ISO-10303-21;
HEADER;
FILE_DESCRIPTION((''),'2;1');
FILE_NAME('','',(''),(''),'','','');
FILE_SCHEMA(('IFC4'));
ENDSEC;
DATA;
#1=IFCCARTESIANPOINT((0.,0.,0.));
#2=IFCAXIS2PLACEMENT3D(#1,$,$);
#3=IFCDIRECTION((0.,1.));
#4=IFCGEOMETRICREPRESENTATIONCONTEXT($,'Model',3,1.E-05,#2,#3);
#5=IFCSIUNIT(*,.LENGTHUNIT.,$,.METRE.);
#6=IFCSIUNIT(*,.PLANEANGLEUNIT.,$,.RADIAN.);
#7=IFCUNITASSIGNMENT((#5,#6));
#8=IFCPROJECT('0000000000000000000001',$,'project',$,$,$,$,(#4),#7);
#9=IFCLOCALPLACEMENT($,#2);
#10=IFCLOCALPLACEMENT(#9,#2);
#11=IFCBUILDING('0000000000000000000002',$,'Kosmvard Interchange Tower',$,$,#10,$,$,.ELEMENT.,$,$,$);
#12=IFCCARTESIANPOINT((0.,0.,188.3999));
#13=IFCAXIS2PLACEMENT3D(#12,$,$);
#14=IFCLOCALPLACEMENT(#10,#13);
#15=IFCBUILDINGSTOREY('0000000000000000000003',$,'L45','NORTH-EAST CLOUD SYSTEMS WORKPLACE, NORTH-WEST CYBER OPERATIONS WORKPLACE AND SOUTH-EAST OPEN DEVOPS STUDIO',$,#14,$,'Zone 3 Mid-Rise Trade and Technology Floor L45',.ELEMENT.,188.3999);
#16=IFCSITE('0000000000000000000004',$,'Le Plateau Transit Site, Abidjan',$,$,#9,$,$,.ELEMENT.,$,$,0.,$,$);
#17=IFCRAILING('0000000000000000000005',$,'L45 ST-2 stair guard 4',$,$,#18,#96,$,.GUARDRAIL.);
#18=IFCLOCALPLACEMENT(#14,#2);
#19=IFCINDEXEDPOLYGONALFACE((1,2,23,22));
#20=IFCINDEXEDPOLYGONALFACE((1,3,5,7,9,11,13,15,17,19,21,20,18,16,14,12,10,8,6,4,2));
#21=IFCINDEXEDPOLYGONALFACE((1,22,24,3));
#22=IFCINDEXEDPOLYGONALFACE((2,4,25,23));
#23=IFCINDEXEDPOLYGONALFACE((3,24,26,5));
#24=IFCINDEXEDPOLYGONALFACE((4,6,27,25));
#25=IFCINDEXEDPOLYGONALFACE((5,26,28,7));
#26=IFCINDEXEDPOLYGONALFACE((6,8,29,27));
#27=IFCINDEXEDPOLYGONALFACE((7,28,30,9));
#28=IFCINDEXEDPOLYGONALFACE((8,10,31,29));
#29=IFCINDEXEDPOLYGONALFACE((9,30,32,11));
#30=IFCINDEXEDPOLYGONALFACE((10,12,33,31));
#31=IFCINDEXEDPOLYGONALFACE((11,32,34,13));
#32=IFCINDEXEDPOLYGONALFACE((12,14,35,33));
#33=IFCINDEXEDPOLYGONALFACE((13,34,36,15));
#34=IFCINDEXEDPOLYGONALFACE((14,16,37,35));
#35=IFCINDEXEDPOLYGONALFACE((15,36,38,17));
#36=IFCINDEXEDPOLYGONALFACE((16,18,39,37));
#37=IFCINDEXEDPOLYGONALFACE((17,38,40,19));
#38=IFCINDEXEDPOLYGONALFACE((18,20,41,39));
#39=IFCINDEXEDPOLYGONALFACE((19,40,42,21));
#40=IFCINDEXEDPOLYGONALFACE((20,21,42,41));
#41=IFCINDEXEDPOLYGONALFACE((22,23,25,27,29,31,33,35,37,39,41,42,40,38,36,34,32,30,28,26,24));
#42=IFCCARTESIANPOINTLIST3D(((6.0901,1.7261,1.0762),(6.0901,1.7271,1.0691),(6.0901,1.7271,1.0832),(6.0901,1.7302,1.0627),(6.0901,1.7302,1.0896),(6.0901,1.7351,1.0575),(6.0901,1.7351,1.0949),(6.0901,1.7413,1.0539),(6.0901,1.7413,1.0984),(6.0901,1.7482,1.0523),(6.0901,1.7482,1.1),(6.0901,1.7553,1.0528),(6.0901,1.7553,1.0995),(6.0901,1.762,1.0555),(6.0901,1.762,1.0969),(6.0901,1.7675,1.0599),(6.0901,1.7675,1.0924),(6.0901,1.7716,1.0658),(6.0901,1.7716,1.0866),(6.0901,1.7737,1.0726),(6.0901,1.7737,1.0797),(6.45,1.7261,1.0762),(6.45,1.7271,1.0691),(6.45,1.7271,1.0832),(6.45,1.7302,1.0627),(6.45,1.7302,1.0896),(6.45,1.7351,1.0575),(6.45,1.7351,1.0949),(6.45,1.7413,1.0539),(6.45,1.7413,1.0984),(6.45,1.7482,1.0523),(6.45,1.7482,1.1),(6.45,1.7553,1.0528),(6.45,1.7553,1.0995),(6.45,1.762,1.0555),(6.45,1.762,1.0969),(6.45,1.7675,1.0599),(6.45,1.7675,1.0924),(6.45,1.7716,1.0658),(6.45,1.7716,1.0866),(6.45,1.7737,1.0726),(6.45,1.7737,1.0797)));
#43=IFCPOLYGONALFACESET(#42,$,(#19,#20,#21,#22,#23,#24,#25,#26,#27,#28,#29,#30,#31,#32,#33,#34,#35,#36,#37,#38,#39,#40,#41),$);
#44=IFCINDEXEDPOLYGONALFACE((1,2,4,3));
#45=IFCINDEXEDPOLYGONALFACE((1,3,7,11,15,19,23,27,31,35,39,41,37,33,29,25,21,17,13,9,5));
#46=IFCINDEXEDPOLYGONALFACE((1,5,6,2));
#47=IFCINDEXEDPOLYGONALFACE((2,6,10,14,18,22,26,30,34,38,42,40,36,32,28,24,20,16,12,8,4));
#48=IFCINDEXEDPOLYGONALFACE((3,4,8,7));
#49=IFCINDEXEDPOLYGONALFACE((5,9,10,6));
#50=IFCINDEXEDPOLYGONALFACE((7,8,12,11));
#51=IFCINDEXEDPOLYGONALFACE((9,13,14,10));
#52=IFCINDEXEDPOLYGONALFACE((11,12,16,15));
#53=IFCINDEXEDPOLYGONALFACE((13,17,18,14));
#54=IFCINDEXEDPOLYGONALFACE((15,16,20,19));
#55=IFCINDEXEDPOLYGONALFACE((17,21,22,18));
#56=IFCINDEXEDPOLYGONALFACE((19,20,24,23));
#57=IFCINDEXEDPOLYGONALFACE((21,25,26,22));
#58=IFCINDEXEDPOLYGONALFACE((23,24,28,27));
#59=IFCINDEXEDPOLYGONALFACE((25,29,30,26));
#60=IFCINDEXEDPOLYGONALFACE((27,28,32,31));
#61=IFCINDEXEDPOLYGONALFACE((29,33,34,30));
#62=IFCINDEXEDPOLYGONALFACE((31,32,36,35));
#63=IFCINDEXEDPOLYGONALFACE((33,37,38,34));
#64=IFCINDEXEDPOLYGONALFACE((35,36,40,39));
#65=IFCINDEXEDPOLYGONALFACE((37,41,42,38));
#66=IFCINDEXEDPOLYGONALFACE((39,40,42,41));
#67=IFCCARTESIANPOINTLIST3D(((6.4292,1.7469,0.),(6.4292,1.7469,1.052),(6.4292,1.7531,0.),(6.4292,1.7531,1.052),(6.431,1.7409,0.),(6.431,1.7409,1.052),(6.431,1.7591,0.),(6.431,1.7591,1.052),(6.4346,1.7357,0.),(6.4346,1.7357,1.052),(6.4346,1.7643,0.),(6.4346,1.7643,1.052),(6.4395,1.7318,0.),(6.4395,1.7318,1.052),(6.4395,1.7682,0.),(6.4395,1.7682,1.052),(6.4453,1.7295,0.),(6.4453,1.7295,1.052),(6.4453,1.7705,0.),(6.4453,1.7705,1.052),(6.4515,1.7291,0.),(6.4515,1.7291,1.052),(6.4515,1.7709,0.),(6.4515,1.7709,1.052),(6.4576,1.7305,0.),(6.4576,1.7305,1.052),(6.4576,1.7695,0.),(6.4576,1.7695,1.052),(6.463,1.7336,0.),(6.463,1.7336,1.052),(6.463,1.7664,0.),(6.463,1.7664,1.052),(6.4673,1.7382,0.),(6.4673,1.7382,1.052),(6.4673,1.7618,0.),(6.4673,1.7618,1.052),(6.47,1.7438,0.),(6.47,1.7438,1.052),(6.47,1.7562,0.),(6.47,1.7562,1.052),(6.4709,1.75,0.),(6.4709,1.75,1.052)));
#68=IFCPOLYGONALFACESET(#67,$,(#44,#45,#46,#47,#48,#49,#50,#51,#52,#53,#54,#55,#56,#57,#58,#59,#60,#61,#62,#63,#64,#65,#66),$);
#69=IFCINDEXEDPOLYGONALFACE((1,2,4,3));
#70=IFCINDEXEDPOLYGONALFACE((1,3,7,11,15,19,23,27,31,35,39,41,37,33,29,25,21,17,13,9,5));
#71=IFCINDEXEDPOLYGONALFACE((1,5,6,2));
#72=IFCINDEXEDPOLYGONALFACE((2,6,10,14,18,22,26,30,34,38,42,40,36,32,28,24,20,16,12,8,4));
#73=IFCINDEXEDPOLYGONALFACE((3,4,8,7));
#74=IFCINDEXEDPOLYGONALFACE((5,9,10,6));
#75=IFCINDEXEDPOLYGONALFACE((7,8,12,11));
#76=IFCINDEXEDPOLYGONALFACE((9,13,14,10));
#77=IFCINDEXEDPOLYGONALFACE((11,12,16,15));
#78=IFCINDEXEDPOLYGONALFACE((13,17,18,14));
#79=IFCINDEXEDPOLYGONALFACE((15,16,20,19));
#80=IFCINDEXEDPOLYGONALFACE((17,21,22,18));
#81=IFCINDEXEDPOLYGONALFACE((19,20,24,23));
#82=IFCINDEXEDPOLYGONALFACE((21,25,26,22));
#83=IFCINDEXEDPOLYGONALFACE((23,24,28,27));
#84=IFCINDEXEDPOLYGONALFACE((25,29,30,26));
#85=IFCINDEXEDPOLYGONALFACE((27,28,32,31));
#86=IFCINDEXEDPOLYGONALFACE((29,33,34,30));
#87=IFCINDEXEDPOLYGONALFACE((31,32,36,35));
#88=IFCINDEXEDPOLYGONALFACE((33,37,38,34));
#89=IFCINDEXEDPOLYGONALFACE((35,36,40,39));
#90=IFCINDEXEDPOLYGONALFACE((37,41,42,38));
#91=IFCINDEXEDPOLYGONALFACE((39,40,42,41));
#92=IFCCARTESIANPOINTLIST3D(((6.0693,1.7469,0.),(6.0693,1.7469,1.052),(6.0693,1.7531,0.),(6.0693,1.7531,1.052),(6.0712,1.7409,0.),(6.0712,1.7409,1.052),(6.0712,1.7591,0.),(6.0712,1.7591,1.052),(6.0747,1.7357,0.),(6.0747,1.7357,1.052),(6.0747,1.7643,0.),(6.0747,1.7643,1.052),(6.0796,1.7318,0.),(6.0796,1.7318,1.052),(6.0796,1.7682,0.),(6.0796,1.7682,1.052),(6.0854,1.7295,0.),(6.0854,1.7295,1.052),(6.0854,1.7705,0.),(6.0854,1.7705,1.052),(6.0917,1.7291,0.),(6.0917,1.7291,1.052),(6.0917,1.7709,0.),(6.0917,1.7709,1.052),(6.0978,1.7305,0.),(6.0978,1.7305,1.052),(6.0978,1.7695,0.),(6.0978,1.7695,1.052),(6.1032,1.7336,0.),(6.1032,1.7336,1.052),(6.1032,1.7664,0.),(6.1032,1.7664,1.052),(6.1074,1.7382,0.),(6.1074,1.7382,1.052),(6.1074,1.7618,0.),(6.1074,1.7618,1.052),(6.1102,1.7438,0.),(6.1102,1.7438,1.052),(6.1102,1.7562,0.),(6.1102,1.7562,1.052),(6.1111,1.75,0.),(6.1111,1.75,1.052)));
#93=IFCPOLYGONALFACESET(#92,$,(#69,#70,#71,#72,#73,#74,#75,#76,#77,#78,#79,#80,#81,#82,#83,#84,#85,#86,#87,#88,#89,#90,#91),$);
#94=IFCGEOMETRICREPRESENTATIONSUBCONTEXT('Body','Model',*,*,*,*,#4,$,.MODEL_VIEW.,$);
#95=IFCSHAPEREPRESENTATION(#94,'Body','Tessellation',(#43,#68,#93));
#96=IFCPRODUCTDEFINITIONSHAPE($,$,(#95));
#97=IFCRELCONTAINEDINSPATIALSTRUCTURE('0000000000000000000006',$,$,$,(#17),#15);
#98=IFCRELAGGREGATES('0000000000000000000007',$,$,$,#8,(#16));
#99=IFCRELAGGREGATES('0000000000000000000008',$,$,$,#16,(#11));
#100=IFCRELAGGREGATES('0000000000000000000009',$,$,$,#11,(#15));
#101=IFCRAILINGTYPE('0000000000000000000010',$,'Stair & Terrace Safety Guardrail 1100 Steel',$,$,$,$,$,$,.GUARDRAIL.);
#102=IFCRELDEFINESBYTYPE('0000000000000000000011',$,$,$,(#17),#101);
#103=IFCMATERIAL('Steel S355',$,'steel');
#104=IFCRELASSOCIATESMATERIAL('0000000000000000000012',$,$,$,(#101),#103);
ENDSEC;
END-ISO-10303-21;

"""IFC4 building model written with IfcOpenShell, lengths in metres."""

from ifc_helpers import new_model, si_unit, direction, frame, origin, origin_2d, place, context, subcontext, project, spatial, circle, extrude, source, transform, mapped, material, type_object, element, save


model = new_model("IFC4")

# Units and contexts
model_context = context("Model", 3, precision=1e-05, world=origin(), true_north=direction((0.0, 1.0)))
body_context = subcontext(model_context, "Body", "Model", "MODEL_VIEW")
ifc_project = project(units=[si_unit("LENGTHUNIT", "METRE"), si_unit("PLANEANGLEUNIT", "RADIAN")], contexts=[model_context])

# Site, building, storey
site_placement = place(None, origin())
site = spatial("IfcSite", under=ifc_project, at=site_placement, Name="Le Plateau Transit Site, Abidjan", CompositionType="ELEMENT", RefElevation=0.0)
building_placement = place(site_placement, origin())
building = spatial("IfcBuilding", under=site, at=building_placement, Name="Kosmvard Interchange Tower", CompositionType="ELEMENT")
storey_placement = place(building_placement, frame((0.0, 0.0, 188.3999)))
storey = spatial("IfcBuildingStorey", under=building, at=storey_placement, Name="L45", Description="NORTH-EAST CLOUD SYSTEMS WORKPLACE, NORTH-WEST CYBER OPERATIONS WORKPLACE AND SOUTH-EAST OPEN DEVOPS STUDIO", LongName="Zone 3 Mid-Rise Trade and Technology Floor L45", CompositionType="ELEMENT", Elevation=188.3999)

# Railing
ifc_material_1 = material(Name="Steel S355", Category="steel")
railing_type_1 = type_object("IfcRailingType", Name="Stair & Terrace Safety Guardrail 1100 Steel", PredefinedType="GUARDRAIL", material=ifc_material_1)
shared_shape_1 = source(origin(), body_context, "Body", "SweptSolid", [
    extrude(circle(Radius=0.0239, at=origin_2d()), frame((0.0, 0.0, 1.0762), z_axis=(-1.0, 0.0, 0.0), x_axis=(0.0, -1.0, 0.0)), (0.0, 0.0, 1.0), 0.3599),
    extrude(circle(Radius=0.021, at=origin_2d()), origin(), (0.0, 0.0, 1.0), 1.052),
    extrude(circle(Radius=0.021, at=origin_2d()), frame((-0.3599, 0.0, 0.0)), (0.0, 0.0, 1.0), 1.052),
])
for number, where, name in (
    (1, (6.45, 1.75, 0.0), "L45 ST-2 stair guard 4"),
):
    element("IfcRailing", number, at=place(storey_placement, frame(where)), inside=storey, type_object=railing_type_1, Name=name, PredefinedType="GUARDRAIL", context=body_context, shape_type="MappedRepresentation", body=[
        mapped(shared_shape_1, transform((0.0, 0.0, 0.0), scale=1.0)),
    ])

save(model, "model.ifc")
